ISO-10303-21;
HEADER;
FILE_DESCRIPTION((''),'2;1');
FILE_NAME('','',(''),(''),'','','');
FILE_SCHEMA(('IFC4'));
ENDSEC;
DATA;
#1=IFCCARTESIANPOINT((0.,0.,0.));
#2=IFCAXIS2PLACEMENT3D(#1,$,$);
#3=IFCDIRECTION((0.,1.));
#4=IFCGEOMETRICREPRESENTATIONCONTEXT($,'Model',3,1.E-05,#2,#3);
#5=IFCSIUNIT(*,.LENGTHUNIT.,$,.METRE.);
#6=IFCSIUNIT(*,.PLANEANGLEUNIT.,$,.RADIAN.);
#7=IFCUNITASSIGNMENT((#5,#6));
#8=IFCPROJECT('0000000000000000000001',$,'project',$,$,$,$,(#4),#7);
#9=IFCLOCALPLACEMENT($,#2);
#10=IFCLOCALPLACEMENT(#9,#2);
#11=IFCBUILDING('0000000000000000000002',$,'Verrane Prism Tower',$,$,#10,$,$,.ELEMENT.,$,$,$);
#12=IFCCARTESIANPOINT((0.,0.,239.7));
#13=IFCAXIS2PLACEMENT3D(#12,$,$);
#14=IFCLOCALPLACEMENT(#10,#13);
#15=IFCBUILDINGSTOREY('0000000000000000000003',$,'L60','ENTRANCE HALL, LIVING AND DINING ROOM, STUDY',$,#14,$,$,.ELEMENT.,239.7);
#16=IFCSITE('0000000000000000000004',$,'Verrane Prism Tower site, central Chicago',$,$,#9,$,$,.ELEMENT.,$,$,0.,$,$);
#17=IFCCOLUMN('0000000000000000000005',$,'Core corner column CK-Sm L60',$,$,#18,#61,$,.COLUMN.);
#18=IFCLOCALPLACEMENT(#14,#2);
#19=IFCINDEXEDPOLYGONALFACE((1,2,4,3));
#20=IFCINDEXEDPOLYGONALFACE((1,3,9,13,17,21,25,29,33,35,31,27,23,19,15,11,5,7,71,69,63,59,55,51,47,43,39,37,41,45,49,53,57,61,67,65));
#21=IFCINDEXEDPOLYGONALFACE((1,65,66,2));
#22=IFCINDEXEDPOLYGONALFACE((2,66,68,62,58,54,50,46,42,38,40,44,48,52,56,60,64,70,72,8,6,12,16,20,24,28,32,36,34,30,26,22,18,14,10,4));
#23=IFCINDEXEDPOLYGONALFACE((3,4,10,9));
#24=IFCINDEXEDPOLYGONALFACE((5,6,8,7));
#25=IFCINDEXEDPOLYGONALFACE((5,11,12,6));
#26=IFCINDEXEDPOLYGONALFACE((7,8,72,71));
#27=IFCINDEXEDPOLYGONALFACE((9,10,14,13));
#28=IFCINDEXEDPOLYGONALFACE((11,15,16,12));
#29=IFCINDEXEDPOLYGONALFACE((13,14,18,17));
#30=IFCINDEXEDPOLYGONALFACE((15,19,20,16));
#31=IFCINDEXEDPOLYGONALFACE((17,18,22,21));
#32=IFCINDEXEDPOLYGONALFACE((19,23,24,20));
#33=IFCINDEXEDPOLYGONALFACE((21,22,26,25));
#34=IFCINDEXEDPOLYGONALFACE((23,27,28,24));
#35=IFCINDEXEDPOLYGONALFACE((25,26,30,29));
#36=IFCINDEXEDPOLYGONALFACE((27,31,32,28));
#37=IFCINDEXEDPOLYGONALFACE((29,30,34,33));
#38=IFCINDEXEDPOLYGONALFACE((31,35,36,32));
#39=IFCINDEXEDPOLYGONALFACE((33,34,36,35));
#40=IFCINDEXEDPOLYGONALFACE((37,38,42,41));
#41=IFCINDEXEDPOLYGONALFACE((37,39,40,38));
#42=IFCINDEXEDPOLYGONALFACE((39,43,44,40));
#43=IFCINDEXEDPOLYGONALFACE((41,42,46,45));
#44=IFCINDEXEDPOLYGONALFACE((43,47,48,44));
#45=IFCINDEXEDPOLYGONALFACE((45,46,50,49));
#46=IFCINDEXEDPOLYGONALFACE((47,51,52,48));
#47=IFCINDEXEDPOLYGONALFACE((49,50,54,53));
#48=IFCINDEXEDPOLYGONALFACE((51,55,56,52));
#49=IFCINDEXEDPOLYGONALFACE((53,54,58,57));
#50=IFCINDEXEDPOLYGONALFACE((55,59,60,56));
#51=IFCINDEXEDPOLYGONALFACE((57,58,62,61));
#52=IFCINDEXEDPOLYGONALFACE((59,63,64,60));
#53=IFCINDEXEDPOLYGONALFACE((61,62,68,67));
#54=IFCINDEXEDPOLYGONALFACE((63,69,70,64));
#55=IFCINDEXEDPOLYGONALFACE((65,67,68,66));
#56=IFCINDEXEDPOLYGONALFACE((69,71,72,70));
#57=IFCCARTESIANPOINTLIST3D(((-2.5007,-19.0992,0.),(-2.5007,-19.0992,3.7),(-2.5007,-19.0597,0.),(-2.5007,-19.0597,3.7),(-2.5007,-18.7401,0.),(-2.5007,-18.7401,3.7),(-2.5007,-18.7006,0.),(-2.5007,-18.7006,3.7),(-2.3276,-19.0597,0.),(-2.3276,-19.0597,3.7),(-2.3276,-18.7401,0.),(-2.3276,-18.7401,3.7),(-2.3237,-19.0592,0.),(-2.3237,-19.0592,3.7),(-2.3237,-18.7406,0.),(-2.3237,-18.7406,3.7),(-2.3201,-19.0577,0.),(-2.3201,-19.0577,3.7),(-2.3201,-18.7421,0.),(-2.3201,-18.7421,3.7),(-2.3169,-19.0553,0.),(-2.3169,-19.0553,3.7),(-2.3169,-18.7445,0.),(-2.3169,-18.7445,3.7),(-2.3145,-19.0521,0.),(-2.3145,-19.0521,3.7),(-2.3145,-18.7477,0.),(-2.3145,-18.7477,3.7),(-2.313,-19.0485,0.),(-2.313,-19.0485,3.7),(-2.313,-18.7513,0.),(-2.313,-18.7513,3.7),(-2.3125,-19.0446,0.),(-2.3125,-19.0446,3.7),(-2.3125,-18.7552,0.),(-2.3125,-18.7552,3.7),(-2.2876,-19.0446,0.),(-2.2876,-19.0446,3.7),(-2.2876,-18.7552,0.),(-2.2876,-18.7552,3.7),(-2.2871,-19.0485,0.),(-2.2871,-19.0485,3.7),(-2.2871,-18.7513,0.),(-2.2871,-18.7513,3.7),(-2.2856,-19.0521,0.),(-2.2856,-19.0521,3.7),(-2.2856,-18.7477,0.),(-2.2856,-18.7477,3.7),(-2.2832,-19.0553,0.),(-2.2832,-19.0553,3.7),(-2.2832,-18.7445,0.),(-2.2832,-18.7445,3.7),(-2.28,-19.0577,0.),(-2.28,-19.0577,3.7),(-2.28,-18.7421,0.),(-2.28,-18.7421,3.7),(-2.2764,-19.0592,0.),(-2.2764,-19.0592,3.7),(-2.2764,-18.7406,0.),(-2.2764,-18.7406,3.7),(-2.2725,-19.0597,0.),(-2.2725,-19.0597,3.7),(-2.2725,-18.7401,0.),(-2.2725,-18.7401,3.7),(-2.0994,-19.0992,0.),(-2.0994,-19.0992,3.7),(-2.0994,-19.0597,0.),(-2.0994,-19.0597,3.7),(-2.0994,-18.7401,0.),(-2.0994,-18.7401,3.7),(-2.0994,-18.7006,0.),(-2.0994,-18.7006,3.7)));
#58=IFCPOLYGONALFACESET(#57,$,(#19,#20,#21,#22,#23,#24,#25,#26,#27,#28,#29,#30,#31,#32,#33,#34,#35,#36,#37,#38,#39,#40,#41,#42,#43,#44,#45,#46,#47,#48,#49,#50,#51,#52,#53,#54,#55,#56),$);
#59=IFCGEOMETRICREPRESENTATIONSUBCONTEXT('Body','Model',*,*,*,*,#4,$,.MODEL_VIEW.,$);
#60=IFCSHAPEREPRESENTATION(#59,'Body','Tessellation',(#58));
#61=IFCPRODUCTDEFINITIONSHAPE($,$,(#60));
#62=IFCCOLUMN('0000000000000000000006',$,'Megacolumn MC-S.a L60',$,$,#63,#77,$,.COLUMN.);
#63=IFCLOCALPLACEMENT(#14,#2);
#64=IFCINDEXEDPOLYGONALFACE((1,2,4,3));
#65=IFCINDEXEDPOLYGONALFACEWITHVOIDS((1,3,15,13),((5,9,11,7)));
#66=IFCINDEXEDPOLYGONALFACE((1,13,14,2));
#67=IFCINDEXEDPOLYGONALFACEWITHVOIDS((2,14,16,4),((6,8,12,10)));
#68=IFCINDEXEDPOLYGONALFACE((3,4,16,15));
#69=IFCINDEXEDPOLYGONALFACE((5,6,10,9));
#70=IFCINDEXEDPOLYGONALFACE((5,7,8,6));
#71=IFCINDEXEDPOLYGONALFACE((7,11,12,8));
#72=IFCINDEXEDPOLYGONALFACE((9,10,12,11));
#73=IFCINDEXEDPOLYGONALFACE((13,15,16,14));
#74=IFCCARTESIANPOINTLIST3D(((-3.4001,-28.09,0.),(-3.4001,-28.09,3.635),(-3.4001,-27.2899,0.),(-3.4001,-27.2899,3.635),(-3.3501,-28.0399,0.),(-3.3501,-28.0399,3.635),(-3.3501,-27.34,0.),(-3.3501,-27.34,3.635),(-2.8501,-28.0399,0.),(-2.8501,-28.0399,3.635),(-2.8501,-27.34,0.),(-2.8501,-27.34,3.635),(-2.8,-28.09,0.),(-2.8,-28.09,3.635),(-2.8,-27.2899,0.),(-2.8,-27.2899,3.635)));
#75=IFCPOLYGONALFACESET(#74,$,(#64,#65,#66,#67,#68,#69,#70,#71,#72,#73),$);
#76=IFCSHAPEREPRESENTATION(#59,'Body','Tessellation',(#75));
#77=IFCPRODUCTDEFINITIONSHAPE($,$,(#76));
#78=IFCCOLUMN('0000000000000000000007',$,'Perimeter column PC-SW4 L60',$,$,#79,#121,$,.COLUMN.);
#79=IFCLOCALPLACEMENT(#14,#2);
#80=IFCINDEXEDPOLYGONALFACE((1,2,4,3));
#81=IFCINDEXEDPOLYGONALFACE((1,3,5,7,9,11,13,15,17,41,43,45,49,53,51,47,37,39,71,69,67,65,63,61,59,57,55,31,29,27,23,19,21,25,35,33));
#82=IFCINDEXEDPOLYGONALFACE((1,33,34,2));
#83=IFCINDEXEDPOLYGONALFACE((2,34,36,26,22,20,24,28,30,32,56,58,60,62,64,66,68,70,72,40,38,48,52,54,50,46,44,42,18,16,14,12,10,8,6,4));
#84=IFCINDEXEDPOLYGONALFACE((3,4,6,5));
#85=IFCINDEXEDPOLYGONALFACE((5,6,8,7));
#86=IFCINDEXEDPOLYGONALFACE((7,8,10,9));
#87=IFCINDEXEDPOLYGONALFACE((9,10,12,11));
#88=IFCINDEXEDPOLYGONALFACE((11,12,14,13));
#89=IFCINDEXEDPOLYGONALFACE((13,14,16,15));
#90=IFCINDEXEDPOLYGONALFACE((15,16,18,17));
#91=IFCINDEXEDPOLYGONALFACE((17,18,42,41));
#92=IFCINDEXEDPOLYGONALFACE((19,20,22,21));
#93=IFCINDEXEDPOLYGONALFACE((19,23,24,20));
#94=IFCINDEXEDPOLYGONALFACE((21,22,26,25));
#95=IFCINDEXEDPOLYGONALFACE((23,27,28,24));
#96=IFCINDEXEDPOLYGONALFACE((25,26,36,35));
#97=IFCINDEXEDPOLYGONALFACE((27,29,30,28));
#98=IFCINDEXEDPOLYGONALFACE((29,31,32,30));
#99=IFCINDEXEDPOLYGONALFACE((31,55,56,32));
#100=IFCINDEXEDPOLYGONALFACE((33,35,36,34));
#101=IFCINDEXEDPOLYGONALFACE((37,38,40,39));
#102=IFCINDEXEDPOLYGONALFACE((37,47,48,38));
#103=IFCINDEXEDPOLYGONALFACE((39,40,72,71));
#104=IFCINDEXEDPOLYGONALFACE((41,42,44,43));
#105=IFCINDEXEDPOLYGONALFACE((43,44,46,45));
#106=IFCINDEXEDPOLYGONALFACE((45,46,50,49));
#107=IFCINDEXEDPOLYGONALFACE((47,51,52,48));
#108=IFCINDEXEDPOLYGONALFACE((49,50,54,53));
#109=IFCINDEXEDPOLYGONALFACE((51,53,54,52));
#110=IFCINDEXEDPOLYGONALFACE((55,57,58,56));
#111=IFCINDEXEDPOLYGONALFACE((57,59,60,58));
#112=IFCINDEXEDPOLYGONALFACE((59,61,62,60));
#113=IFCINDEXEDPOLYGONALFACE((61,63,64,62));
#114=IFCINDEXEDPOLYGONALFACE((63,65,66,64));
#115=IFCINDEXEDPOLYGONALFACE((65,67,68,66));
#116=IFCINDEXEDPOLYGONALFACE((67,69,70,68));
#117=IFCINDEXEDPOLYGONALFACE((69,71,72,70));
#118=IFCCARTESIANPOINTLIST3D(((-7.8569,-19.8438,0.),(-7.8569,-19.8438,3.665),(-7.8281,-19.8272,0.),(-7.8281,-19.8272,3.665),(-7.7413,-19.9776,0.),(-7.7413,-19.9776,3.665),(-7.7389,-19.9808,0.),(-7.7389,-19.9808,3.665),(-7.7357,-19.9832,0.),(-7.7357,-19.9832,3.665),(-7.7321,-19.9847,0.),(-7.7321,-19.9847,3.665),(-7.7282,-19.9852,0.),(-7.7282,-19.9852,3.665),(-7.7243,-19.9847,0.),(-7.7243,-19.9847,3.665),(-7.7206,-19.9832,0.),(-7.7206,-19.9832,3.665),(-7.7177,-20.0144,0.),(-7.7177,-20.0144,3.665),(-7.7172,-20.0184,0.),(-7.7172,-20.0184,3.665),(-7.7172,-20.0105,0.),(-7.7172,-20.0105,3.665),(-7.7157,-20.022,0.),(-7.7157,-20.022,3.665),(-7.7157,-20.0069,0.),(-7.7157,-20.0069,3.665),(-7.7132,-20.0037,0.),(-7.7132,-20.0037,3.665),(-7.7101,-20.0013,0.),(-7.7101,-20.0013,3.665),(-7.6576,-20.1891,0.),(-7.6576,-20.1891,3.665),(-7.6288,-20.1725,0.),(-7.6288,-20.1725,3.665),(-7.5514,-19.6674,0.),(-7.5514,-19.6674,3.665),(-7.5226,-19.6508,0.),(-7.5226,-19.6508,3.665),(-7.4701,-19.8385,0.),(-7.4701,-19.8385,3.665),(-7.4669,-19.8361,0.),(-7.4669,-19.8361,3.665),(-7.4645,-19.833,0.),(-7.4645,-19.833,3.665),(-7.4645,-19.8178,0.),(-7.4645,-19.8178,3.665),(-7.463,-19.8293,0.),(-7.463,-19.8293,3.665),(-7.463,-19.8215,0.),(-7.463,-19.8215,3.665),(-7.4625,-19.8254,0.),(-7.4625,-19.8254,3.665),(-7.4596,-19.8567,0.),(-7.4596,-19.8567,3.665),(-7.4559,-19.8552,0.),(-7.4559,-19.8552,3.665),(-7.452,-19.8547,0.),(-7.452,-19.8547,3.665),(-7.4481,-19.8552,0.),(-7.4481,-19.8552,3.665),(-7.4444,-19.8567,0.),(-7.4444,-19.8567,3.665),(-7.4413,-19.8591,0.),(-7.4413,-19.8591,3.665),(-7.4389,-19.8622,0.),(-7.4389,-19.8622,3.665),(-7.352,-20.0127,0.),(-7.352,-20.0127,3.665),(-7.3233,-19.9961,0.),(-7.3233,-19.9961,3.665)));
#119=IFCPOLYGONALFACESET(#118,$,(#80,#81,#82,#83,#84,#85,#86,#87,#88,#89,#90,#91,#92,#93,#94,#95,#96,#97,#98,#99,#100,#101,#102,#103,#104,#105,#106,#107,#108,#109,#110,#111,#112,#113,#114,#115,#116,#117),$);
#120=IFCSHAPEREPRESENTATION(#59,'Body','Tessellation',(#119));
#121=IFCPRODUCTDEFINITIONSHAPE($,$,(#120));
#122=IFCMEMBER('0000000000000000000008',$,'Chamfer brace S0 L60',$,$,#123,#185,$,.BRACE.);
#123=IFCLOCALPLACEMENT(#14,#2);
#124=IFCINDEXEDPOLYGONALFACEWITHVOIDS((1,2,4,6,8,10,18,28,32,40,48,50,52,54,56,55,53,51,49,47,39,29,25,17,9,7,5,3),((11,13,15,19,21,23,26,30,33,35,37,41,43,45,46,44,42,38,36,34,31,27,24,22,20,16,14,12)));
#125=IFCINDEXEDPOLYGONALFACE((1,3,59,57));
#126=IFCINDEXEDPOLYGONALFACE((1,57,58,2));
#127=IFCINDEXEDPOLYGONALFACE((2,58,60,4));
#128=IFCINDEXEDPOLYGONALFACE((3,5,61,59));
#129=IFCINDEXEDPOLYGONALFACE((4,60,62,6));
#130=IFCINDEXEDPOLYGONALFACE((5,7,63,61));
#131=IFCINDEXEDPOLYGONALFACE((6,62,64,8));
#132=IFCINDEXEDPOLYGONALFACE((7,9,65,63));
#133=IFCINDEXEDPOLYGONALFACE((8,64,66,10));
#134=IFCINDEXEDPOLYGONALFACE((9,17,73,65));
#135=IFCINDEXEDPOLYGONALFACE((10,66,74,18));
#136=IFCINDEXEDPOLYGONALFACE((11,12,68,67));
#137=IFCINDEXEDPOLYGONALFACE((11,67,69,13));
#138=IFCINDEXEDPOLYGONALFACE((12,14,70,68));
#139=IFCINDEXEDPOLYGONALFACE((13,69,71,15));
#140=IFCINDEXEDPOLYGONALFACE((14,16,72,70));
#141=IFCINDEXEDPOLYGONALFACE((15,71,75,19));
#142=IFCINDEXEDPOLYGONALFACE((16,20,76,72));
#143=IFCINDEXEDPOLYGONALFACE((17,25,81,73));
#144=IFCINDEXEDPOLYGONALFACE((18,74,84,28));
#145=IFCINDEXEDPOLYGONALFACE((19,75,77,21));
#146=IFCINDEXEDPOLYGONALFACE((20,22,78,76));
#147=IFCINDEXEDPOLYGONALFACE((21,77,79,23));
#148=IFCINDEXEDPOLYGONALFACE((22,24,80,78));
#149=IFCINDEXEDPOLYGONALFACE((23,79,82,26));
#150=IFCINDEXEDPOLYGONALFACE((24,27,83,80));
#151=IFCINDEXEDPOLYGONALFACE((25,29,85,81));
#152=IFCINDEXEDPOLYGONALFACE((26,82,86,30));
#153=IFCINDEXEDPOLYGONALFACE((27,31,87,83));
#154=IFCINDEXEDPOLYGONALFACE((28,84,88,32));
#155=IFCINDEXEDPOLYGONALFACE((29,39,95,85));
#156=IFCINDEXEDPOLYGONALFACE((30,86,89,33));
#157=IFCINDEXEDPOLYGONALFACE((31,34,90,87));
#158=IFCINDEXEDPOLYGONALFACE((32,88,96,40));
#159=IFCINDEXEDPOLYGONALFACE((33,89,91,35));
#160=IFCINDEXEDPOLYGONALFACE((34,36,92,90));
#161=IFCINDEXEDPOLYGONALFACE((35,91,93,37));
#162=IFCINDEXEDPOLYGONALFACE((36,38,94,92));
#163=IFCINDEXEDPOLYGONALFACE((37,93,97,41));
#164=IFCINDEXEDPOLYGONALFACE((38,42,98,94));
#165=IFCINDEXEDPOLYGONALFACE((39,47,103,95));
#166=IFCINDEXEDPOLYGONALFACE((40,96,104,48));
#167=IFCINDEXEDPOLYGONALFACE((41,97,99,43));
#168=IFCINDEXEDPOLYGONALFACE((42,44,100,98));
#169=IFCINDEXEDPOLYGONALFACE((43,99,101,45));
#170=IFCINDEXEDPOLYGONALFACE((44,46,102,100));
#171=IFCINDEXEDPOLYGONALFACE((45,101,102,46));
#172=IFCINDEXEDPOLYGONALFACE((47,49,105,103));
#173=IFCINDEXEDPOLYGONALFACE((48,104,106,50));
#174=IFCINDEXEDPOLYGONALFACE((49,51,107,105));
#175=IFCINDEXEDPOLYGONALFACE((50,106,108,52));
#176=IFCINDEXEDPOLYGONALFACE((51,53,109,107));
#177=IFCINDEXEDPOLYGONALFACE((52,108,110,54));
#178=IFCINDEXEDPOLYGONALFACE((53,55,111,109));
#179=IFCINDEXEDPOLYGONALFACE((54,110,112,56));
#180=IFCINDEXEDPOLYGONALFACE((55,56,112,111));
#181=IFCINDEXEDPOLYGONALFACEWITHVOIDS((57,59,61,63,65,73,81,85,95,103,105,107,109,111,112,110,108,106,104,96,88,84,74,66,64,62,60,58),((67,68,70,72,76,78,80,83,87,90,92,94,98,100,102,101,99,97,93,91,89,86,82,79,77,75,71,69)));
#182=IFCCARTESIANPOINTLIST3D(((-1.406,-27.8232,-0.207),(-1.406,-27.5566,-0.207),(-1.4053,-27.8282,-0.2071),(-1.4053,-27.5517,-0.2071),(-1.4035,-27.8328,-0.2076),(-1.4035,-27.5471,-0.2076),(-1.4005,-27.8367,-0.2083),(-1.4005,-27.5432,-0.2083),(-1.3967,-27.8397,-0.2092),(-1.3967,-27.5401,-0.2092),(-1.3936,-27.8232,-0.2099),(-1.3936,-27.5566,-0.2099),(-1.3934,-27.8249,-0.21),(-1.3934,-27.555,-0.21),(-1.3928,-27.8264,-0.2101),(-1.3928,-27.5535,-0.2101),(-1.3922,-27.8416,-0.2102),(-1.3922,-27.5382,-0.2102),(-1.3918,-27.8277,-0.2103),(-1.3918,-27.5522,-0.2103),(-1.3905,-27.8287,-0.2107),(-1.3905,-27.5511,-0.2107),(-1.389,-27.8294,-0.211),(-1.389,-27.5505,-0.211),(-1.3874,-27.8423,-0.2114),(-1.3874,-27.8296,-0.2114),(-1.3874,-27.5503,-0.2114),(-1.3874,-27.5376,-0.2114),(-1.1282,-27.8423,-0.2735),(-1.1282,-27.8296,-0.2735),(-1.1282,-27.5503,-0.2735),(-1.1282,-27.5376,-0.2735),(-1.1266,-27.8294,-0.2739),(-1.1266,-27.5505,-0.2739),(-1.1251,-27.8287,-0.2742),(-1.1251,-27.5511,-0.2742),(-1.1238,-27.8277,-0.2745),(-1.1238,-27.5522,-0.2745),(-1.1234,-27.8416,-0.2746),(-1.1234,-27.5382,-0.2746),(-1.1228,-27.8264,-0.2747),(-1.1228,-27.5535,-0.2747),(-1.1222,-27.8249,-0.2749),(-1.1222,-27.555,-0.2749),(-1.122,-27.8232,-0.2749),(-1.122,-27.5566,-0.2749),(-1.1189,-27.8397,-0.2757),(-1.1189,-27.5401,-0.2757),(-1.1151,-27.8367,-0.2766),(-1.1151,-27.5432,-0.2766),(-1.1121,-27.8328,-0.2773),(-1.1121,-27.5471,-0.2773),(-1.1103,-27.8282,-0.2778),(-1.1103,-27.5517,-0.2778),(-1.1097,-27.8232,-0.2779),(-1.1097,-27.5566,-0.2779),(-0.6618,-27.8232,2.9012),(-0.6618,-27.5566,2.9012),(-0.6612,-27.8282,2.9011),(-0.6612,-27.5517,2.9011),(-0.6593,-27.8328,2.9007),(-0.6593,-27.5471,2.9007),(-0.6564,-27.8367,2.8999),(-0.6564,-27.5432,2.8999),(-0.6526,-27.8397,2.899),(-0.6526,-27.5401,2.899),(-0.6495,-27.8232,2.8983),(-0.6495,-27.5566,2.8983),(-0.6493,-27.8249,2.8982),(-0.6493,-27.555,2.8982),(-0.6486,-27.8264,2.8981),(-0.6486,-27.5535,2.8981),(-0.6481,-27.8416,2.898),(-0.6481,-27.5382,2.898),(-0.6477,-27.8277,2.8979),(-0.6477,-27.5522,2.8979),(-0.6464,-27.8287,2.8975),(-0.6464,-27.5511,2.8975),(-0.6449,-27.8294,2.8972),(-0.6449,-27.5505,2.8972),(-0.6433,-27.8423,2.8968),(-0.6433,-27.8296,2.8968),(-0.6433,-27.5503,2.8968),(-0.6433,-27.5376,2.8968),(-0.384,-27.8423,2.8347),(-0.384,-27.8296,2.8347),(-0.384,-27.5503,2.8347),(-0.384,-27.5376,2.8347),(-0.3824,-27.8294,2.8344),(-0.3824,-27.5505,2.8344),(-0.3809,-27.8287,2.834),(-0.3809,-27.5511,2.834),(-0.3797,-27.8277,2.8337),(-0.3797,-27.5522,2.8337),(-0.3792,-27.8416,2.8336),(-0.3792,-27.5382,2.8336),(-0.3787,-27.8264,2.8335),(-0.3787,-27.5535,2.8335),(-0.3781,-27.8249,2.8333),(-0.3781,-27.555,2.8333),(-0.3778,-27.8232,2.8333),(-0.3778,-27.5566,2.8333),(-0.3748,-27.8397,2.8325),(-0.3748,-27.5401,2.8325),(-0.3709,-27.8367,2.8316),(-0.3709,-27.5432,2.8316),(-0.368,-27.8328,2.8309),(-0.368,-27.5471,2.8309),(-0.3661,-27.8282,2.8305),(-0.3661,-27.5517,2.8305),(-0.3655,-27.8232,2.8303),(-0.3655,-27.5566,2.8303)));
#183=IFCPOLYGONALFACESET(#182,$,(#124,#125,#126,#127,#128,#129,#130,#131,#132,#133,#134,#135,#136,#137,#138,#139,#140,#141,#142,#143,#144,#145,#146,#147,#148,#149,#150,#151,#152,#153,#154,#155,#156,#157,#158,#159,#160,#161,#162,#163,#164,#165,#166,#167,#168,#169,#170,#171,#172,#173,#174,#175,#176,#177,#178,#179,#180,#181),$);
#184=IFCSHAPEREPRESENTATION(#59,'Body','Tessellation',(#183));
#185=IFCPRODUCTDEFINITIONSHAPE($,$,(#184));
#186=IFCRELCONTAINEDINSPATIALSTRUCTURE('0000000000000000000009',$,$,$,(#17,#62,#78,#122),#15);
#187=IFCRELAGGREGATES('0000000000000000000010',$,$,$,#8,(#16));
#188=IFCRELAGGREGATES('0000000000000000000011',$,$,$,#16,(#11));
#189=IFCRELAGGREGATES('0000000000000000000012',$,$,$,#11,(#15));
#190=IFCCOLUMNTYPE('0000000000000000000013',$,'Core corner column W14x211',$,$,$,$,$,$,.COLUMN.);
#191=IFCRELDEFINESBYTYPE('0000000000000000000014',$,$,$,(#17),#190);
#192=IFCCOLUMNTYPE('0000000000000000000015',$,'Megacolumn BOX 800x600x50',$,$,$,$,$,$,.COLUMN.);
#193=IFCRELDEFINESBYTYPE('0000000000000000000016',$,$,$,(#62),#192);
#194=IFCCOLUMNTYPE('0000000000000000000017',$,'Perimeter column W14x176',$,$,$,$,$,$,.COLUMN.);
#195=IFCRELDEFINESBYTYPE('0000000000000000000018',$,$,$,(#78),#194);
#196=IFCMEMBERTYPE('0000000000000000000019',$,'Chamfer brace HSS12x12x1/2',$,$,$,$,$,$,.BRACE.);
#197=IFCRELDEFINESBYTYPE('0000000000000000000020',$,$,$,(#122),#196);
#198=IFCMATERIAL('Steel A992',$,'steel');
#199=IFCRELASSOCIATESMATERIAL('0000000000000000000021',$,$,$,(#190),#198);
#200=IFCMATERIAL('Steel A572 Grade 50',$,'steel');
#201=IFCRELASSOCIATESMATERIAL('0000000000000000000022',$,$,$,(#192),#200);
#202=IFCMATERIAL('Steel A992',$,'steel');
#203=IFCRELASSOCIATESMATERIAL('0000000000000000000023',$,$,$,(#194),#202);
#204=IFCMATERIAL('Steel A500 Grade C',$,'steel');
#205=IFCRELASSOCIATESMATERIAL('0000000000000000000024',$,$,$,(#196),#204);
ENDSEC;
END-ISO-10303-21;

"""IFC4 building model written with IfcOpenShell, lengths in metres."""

from ifc_helpers import new_model, si_unit, direction, frame, origin, origin_2d, place, context, subcontext, project, spatial, hollow_rectangle, i_section, extrude, material, material_profile, profile_set, type_object, element, save


model = new_model("IFC4")

# Units and contexts
model_context = context("Model", 3, precision=1e-05, world=origin(), true_north=direction((0.0, 1.0)))
body_context = subcontext(model_context, "Body", "Model", "MODEL_VIEW")
ifc_project = project(units=[si_unit("LENGTHUNIT", "METRE"), si_unit("PLANEANGLEUNIT", "RADIAN")], contexts=[model_context])

# Site, building, storey
site_placement = place(None, origin())
site = spatial("IfcSite", under=ifc_project, at=site_placement, Name="Verrane Prism Tower site, central Chicago", CompositionType="ELEMENT", RefElevation=0.0)
building_placement = place(site_placement, origin())
building = spatial("IfcBuilding", under=site, at=building_placement, Name="Verrane Prism Tower", CompositionType="ELEMENT")
storey_placement = place(building_placement, frame((0.0, 0.0, 239.7)))
storey = spatial("IfcBuildingStorey", under=building, at=storey_placement, Name="L60", Description="ENTRANCE HALL, LIVING AND DINING ROOM, STUDY", CompositionType="ELEMENT", Elevation=239.7)

# Columns
ifc_material_1 = material(Name="Steel A992", Category="steel")
ifc_material_profile_1 = material_profile(ifc_material_1, i_section(OverallWidth=0.4014, OverallDepth=0.3987, WebThickness=0.0249, FlangeThickness=0.0396, FilletRadius=0.0151, at=origin_2d()), Name="W14x211")
ifc_profile_set_1 = profile_set([ifc_material_profile_1], Name="Steel A992")
column_type_1 = type_object("IfcColumnType", Name="Core corner column W14x211", PredefinedType="COLUMN", material=ifc_profile_set_1)
column_1_placement = place(storey_placement, frame((-2.3, -18.8999, 0.0), z_axis=(0.0, 0.0, 1.0), x_axis=(-1.0, 0.0, 0.0)))
element("IfcColumn", 1, at=column_1_placement, inside=storey, type_object=column_type_1, Name="Core corner column CK-Sm L60", PredefinedType="COLUMN", context=body_context, shape_type="SweptSolid", body=[
    extrude(i_section(OverallWidth=0.4014, OverallDepth=0.3987, WebThickness=0.0249, FlangeThickness=0.0396, FilletRadius=0.0151, at=origin_2d()), origin(), (0.0, 0.0, 1.0), 3.7),
])
ifc_material_2 = material(Name="Steel A572 Grade 50", Category="steel")
ifc_material_profile_2 = material_profile(ifc_material_2, hollow_rectangle(XDim=0.6001, YDim=0.8, WallThickness=0.05, at=origin_2d()), Name="BOX 800x600x50")
ifc_profile_set_2 = profile_set([ifc_material_profile_2], Name="Steel A572 Grade 50")
column_type_2 = type_object("IfcColumnType", Name="Megacolumn BOX 800x600x50", PredefinedType="COLUMN", material=ifc_profile_set_2)
column_2_placement = place(storey_placement, frame((-3.1001, -27.6899, 0.0), z_axis=(0.0, 0.0, 1.0), x_axis=(-1.0, 0.0, 0.0)))
element("IfcColumn", 2, at=column_2_placement, inside=storey, type_object=column_type_2, Name="Megacolumn MC-S.a L60", PredefinedType="COLUMN", context=body_context, shape_type="SweptSolid", body=[
    extrude(hollow_rectangle(XDim=0.6001, YDim=0.8, WallThickness=0.05, at=origin_2d()), origin(), (0.0, 0.0, 1.0), 3.635),
])
ifc_material_3 = material(Name="Steel A992", Category="steel")
ifc_material_profile_3 = material_profile(ifc_material_3, i_section(OverallWidth=0.3987, OverallDepth=0.386, WebThickness=0.021, FlangeThickness=0.0332, FilletRadius=0.0151, at=origin_2d()), Name="W14x176")
ifc_profile_set_3 = profile_set([ifc_material_profile_3], Name="Steel A992")
column_type_3 = type_object("IfcColumnType", Name="Perimeter column W14x176", PredefinedType="COLUMN", material=ifc_profile_set_3)
column_3_placement = place(storey_placement, frame((-7.5901, -19.9199, 0.0), z_axis=(0.0, 0.0, 1.0), x_axis=(-0.5, 0.866025, 0.0)))
element("IfcColumn", 3, at=column_3_placement, inside=storey, type_object=column_type_3, Name="Perimeter column PC-SW4 L60", PredefinedType="COLUMN", context=body_context, shape_type="SweptSolid", body=[
    extrude(i_section(OverallWidth=0.3987, OverallDepth=0.386, WebThickness=0.021, FlangeThickness=0.0332, FilletRadius=0.0151, at=origin_2d()), origin(), (0.0, 0.0, 1.0), 3.665),
])

# Member
ifc_material_4 = material(Name="Steel A500 Grade C", Category="steel")
ifc_material_profile_4 = material_profile(ifc_material_4, hollow_rectangle(XDim=0.3047, YDim=0.3047, WallThickness=0.0127, InnerFilletRadius=0.0063, OuterFilletRadius=0.019, at=origin_2d()), Name="HSS12x12x1/2")
ifc_profile_set_4 = profile_set([ifc_material_profile_4], Name="Steel A500 Grade C")
member_type_1 = type_object("IfcMemberType", Name="Chamfer brace HSS12x12x1/2", PredefinedType="BRACE", material=ifc_profile_set_4)
member_1_placement = place(storey_placement, frame((-1.2578, -27.6899, -0.2424), z_axis=(0.232836, 0.0, 0.972516), x_axis=(0.0, 1.0, 0.0)))
element("IfcMember", 4, at=member_1_placement, inside=storey, type_object=member_type_1, Name="Chamfer brace S0 L60", PredefinedType="BRACE", context=body_context, shape_type="SweptSolid", body=[
    extrude(hollow_rectangle(XDim=0.3047, YDim=0.3047, WallThickness=0.0127, InnerFilletRadius=0.0063, OuterFilletRadius=0.019, at=origin_2d()), origin(), (0.0, 0.0, 1.0), 3.196),
])

save(model, "model.ifc")
